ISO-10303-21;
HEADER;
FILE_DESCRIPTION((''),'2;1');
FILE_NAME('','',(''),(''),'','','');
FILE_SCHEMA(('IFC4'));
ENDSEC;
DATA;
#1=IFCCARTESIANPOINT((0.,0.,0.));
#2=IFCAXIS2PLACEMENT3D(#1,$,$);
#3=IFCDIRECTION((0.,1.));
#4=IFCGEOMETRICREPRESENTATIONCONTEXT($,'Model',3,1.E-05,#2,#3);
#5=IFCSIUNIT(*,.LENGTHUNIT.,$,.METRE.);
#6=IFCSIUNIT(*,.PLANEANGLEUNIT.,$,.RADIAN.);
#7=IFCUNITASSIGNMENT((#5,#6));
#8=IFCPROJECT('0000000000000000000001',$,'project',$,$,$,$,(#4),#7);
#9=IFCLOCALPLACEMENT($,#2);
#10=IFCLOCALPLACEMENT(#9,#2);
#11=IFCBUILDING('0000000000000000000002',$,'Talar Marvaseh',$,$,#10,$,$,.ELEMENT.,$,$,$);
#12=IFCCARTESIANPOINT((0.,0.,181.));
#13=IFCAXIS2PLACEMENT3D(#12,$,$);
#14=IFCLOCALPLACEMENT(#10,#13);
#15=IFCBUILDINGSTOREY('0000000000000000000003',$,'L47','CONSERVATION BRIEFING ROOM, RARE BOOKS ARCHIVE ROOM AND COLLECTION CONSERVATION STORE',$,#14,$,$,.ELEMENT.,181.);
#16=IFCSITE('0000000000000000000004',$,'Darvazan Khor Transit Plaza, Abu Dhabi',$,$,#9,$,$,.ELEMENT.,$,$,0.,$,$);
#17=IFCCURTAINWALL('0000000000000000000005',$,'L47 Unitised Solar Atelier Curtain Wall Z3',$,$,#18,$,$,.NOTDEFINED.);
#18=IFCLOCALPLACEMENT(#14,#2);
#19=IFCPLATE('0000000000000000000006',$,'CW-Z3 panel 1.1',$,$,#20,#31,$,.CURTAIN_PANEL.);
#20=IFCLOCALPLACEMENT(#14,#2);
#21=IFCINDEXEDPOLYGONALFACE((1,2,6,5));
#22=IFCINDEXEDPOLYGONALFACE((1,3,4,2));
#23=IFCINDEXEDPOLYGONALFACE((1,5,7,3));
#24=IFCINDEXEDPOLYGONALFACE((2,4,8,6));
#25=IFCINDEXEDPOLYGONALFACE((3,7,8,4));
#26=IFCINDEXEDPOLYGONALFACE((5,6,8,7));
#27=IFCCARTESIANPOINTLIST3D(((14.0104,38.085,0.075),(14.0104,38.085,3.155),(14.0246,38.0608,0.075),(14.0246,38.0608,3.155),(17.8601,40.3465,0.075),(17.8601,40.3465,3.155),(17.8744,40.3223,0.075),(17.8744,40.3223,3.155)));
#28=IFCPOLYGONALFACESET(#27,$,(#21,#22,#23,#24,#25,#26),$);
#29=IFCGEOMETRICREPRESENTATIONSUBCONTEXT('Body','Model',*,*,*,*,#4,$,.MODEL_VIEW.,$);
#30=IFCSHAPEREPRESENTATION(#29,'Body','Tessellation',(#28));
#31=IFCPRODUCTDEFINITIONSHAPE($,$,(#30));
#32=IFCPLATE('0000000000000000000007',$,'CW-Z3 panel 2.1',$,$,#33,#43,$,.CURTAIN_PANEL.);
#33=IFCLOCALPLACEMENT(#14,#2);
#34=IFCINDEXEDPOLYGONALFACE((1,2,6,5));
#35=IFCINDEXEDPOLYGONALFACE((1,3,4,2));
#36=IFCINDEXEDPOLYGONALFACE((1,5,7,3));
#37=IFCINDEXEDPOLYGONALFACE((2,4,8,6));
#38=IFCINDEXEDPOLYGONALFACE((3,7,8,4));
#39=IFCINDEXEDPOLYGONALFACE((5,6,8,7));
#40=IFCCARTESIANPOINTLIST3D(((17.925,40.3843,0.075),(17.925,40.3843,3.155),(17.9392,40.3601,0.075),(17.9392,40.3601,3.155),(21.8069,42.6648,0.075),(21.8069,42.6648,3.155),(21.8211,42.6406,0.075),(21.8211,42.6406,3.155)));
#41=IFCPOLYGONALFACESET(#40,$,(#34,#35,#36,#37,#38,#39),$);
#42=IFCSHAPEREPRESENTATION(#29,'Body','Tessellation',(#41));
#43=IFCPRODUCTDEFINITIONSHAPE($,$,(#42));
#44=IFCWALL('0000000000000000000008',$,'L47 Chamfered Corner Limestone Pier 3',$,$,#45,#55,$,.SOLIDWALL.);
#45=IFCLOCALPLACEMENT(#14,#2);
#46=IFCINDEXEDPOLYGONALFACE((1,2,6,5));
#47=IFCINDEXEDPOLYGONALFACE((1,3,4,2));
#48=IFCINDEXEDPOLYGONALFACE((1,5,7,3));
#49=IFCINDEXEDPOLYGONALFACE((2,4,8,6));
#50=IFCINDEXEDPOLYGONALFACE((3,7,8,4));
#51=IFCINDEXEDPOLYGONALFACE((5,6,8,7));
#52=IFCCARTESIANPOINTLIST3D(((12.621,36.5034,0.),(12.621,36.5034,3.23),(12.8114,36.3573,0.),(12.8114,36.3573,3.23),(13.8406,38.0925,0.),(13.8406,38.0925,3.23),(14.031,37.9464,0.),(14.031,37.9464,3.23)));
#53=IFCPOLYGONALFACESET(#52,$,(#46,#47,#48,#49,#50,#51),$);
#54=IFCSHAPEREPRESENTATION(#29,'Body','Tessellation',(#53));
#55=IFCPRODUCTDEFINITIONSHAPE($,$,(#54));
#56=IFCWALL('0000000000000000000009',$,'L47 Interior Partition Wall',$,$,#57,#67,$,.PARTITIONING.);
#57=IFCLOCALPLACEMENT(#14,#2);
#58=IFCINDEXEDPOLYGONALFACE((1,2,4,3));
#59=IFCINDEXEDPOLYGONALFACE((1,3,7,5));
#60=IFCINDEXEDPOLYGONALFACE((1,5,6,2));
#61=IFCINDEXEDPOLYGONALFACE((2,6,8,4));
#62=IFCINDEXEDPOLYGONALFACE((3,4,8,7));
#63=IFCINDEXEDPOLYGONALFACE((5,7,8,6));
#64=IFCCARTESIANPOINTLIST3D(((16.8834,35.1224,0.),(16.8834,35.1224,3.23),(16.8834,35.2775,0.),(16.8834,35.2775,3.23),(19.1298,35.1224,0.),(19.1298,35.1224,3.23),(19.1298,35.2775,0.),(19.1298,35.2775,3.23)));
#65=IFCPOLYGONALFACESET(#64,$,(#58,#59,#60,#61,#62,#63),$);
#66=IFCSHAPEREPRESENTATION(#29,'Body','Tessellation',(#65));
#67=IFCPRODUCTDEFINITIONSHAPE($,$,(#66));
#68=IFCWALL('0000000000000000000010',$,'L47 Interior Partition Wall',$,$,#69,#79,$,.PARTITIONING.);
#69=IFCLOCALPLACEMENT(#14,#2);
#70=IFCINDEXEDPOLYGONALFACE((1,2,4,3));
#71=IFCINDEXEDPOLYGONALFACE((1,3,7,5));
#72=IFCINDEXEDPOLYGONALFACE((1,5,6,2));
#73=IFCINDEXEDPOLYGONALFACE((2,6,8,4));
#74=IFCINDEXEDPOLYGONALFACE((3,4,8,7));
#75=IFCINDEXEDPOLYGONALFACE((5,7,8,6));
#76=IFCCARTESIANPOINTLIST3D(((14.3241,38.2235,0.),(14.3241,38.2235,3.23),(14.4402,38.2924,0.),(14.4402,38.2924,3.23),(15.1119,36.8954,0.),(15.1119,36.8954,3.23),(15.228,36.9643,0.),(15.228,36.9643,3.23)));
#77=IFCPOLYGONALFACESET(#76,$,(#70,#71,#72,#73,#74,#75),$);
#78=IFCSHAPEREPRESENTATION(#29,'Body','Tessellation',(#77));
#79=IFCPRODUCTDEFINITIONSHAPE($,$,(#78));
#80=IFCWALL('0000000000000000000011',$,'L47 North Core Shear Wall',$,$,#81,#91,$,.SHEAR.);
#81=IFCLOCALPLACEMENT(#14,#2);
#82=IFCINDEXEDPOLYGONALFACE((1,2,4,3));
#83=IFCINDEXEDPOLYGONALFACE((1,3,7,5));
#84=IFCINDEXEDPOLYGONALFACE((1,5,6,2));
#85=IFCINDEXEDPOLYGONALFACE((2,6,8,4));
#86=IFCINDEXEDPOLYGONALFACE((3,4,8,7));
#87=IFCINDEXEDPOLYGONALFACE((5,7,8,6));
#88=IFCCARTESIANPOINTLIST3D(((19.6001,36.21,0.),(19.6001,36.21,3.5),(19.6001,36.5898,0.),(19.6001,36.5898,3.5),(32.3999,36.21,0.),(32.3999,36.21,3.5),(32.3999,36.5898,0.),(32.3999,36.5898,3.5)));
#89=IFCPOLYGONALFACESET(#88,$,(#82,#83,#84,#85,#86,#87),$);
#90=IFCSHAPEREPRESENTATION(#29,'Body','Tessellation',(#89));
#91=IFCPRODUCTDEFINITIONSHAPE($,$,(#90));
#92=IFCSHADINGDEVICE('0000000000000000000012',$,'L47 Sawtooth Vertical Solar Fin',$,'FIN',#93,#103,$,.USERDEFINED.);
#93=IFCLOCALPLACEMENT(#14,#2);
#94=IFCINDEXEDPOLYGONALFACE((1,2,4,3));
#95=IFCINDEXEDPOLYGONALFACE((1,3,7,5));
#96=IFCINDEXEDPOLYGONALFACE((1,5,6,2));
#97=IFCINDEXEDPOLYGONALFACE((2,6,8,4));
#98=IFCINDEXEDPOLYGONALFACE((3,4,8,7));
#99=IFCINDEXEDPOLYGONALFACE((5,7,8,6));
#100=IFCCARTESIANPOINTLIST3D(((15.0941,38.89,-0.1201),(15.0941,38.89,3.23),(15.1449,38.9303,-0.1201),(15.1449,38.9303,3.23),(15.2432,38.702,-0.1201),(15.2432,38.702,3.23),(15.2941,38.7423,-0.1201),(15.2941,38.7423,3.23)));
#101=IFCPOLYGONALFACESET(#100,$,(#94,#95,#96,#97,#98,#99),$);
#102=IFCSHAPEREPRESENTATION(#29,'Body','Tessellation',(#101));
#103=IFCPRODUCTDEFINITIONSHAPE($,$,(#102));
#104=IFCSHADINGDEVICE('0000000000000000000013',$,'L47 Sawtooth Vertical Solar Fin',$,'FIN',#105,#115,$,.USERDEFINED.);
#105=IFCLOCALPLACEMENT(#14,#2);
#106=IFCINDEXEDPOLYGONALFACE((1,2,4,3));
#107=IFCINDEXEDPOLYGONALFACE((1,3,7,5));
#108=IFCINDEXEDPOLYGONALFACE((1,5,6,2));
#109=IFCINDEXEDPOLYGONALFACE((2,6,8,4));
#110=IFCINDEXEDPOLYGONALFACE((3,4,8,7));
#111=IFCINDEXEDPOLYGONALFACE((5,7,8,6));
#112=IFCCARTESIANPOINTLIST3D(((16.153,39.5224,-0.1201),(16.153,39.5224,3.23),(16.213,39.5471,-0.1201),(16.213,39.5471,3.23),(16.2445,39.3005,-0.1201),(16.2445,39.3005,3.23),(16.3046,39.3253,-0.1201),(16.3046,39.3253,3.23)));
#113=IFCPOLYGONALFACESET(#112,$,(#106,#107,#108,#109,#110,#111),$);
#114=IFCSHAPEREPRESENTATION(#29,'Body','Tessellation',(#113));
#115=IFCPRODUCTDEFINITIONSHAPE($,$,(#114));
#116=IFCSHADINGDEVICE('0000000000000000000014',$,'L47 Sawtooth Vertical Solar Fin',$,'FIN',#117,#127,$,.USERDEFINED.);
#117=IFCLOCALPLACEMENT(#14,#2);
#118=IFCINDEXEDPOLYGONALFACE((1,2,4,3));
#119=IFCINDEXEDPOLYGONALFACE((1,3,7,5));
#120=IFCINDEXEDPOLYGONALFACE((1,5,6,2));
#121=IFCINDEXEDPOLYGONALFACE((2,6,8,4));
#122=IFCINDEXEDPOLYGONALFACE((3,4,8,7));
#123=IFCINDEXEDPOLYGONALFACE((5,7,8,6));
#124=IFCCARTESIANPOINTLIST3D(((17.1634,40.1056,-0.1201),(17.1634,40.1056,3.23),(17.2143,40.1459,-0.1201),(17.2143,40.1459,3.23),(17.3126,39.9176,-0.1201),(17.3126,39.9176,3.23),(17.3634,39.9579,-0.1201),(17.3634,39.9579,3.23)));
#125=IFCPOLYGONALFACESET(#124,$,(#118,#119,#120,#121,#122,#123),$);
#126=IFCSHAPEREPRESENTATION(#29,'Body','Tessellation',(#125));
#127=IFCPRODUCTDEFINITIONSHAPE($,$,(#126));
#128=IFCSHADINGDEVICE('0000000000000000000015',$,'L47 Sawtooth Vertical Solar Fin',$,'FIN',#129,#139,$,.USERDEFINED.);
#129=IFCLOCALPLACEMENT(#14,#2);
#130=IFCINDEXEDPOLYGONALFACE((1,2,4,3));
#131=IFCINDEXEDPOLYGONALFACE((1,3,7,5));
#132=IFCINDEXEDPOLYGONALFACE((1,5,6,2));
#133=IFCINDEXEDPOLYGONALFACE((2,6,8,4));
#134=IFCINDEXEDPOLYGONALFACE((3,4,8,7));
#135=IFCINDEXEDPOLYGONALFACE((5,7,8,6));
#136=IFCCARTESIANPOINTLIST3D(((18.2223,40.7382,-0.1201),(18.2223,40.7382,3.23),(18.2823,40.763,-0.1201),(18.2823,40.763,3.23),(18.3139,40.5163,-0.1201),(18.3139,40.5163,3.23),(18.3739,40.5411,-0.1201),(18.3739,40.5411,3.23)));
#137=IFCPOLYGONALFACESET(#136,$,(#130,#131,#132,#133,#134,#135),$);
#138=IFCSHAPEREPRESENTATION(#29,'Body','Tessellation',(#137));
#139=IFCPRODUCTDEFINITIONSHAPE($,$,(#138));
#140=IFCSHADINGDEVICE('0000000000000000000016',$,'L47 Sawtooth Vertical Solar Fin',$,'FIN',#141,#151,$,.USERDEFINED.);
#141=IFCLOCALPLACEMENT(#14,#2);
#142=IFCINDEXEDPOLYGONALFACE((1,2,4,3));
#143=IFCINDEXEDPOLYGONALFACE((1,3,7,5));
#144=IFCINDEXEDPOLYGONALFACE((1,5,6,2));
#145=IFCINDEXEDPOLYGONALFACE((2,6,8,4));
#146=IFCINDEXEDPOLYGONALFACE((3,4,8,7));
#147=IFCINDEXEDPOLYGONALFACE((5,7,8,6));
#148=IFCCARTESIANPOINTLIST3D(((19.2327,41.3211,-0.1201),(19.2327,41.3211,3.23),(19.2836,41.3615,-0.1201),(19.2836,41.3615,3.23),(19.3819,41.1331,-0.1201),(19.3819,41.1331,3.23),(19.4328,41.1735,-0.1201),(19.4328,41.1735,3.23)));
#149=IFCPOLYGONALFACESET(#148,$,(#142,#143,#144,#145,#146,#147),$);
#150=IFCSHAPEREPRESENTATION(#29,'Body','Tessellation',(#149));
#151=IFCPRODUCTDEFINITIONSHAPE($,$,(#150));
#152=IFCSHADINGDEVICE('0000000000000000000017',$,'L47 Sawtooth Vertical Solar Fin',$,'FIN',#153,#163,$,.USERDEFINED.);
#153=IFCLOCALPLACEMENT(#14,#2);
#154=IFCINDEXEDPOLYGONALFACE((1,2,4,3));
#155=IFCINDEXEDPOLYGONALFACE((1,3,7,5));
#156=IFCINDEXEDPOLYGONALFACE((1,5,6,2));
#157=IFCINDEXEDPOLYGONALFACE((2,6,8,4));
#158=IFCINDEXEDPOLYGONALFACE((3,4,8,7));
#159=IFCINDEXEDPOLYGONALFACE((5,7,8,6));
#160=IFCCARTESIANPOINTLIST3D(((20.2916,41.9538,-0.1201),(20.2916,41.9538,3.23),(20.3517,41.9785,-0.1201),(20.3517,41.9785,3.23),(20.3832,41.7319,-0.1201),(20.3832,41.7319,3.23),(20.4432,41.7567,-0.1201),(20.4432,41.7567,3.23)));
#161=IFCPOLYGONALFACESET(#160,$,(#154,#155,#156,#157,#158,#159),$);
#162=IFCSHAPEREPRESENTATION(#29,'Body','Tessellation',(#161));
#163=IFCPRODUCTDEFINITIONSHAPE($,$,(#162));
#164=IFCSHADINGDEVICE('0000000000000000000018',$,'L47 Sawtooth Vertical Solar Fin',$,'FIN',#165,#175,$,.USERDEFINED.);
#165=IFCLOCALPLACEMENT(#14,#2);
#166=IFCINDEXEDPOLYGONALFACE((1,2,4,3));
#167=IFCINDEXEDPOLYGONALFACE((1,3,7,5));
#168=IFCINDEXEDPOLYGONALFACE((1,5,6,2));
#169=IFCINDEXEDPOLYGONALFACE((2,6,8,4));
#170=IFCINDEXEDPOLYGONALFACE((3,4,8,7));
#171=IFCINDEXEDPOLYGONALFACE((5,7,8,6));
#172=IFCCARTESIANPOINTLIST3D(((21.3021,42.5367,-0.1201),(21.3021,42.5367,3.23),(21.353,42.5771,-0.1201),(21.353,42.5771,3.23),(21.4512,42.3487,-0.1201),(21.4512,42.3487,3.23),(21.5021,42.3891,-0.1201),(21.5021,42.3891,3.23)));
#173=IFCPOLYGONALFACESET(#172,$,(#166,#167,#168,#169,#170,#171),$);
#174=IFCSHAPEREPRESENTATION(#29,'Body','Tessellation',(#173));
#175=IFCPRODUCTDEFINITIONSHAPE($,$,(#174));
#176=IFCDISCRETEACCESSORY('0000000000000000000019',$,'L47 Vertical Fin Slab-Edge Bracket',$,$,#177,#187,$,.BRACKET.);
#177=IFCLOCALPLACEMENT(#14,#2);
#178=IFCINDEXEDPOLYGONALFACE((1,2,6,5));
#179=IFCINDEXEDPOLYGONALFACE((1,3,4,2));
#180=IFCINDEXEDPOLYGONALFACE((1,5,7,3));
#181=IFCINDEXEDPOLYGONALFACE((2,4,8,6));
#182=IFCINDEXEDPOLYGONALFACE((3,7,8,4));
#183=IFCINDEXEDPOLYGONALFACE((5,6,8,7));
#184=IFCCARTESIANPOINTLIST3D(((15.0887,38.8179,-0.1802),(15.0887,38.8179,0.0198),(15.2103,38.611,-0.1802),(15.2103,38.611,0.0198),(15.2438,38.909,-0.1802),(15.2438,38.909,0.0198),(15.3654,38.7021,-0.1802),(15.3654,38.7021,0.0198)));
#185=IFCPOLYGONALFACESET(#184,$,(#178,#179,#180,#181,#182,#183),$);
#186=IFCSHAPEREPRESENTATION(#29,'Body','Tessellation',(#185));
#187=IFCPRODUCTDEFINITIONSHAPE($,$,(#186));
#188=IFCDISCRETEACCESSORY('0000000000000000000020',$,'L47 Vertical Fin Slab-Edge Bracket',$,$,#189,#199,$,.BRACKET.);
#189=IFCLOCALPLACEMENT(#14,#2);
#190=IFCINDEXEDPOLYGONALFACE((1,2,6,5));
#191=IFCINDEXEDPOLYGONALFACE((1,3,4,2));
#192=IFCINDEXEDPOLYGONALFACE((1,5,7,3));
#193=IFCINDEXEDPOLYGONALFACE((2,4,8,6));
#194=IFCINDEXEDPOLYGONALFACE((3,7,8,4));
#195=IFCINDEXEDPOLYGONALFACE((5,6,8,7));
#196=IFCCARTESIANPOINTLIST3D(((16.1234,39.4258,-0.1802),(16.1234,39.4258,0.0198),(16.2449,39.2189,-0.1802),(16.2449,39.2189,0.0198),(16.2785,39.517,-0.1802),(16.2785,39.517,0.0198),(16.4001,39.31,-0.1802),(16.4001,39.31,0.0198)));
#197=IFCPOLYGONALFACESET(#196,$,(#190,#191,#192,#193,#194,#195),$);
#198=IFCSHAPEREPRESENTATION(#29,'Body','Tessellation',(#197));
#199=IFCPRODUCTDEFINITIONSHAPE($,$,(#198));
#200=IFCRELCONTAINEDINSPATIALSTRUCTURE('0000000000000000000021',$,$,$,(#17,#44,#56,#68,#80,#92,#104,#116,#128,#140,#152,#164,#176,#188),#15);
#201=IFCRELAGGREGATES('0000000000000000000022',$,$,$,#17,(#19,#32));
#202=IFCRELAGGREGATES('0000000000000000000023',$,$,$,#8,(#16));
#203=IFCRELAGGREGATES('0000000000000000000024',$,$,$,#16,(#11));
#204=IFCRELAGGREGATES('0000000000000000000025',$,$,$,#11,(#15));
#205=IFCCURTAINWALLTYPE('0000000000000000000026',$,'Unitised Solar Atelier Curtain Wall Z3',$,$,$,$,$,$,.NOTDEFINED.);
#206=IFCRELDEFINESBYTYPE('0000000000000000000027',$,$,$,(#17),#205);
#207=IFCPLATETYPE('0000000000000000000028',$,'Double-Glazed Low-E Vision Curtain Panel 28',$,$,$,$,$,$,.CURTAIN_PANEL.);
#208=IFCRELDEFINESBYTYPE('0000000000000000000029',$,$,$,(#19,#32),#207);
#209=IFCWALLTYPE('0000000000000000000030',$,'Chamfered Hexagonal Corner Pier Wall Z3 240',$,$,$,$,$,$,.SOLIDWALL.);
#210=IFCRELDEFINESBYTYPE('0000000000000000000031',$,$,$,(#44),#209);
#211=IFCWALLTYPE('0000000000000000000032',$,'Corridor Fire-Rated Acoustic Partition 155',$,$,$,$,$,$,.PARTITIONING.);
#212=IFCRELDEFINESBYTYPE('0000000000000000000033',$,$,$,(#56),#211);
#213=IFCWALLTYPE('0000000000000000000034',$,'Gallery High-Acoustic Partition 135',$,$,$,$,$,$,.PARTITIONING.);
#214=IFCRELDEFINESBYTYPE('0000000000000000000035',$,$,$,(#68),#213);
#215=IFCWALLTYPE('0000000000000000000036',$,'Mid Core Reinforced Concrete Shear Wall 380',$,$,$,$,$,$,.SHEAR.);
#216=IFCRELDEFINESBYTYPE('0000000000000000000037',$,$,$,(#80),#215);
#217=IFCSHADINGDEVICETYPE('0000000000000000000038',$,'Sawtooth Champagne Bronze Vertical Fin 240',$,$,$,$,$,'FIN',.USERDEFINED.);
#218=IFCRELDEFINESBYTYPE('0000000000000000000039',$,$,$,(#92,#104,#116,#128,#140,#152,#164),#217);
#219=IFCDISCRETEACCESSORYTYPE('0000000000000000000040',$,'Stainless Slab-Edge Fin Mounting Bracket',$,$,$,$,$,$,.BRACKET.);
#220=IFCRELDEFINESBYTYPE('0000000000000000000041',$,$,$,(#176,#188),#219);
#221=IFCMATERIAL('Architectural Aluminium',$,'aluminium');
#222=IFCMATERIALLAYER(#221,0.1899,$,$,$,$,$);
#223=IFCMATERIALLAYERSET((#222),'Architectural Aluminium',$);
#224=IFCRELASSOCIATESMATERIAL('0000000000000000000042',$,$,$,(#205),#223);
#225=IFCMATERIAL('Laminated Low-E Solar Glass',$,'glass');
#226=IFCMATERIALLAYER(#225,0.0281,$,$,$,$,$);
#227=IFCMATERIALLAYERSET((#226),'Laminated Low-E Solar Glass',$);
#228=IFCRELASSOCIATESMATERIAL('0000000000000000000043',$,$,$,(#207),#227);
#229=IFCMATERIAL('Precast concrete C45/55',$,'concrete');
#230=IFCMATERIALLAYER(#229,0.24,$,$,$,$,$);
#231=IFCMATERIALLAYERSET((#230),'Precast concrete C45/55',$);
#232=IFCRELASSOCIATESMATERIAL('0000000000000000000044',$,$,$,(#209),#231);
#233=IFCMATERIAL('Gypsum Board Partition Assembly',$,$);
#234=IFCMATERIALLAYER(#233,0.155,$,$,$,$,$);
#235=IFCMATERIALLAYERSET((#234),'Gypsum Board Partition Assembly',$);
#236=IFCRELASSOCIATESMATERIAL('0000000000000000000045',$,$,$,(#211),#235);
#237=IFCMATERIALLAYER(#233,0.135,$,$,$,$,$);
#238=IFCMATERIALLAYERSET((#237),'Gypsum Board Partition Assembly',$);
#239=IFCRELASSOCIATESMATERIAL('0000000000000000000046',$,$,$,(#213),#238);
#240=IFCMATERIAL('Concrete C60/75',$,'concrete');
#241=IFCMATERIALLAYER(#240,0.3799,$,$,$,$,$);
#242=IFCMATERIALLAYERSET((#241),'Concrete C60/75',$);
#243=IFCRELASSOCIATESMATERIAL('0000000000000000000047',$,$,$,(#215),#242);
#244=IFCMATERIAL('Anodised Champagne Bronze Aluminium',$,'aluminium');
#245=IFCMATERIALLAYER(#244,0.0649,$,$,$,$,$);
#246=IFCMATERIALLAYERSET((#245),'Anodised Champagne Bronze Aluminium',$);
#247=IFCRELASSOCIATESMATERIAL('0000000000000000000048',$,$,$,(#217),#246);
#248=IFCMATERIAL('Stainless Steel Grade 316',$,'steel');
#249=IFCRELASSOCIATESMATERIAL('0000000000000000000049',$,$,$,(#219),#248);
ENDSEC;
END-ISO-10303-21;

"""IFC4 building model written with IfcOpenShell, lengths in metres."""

from ifc_helpers import new_model, si_unit, direction, frame, frame_2d, origin, origin_2d, place, context, subcontext, project, spatial, rectangle, extrude, source, transform, mapped, material, layer, layer_set, type_object, type_shapes, element, aggregate, save


model = new_model("IFC4")

# Units and contexts
model_context = context("Model", 3, precision=1e-05, world=origin(), true_north=direction((0.0, 1.0)))
body_context = subcontext(model_context, "Body", "Model", "MODEL_VIEW")
ifc_project = project(units=[si_unit("LENGTHUNIT", "METRE"), si_unit("PLANEANGLEUNIT", "RADIAN")], contexts=[model_context])

# Site, building, storey
site_placement = place(None, origin())
site = spatial("IfcSite", under=ifc_project, at=site_placement, Name="Darvazan Khor Transit Plaza, Abu Dhabi", CompositionType="ELEMENT", RefElevation=0.0)
building_placement = place(site_placement, origin())
building = spatial("IfcBuilding", under=site, at=building_placement, Name="Talar Marvaseh", CompositionType="ELEMENT")
storey_placement = place(building_placement, frame((0.0, 0.0, 181.0)))
storey = spatial("IfcBuildingStorey", under=building, at=storey_placement, Name="L47", Description="CONSERVATION BRIEFING ROOM, RARE BOOKS ARCHIVE ROOM AND COLLECTION CONSERVATION STORE", CompositionType="ELEMENT", Elevation=181.0)

# Shared definitions
ifc_material_1 = material(Name="Concrete C60/75", Category="concrete")

# Shared definitions
ifc_material_2 = material(Name="Architectural Aluminium", Category="aluminium")
ifc_layer_1 = layer(ifc_material_2, 0.1899)
ifc_layer_set_1 = layer_set([ifc_layer_1], Name="Architectural Aluminium")
curtain_wall_type = type_object("IfcCurtainWallType", Name="Unitised Solar Atelier Curtain Wall Z3", PredefinedType="NOTDEFINED", material=ifc_layer_set_1)

# Curtain wall, plates
curtain_wall_1_placement = place(storey_placement, origin())
curtain_wall_1 = element("IfcCurtainWall", 1, at=curtain_wall_1_placement, inside=storey, type_object=curtain_wall_type, Name="L47 Unitised Solar Atelier Curtain Wall Z3", PredefinedType="NOTDEFINED")
ifc_material_3 = material(Name="Laminated Low-E Solar Glass", Category="glass")
ifc_layer_2 = layer(ifc_material_3, 0.0281)
ifc_layer_set_2 = layer_set([ifc_layer_2], Name="Laminated Low-E Solar Glass")
plate_type = type_object("IfcPlateType", Name="Double-Glazed Low-E Vision Curtain Panel 28", PredefinedType="CURTAIN_PANEL", material=ifc_layer_set_2)
shared_shape_1 = source(origin(), body_context, "Body", "SweptSolid", [
    extrude(rectangle(XDim=4.4648, YDim=0.0281, at=origin_2d()), origin(), (0.0, 0.0, 1.0), 3.0801),
])
plate_1_placement = place(storey_placement, frame((15.9424, 39.2036, 0.075), z_axis=(0.0, 0.0, 1.0), x_axis=(0.862232, 0.506514, 0.0)))
plate_1 = element("IfcPlate", 2, at=plate_1_placement, type_object=plate_type, Name="CW-Z3 panel 1.1", PredefinedType="CURTAIN_PANEL", context=body_context, shape_type="MappedRepresentation", body=[
    mapped(shared_shape_1, transform((0.0, 0.0, 0.0), x_axis=(1.0, 0.0, 0.0), y_axis=(0.0, 1.0, 0.0), z_axis=(0.0, 0.0, 1.0), scale=1.0)),
])
shared_shape_2 = source(origin(), body_context, "Body", "SweptSolid", [
    extrude(rectangle(XDim=4.5022, YDim=0.0281, at=origin_2d()), origin(), (0.0, 0.0, 1.0), 3.0801),
])
type_shapes(plate_type, [shared_shape_1, shared_shape_2])
plate_2_placement = place(storey_placement, frame((19.873, 41.5125, 0.075), z_axis=(0.0, 0.0, 1.0), x_axis=(0.862232, 0.506514, 0.0)))
plate_2 = element("IfcPlate", 3, at=plate_2_placement, type_object=plate_type, Name="CW-Z3 panel 2.1", PredefinedType="CURTAIN_PANEL", context=body_context, shape_type="MappedRepresentation", body=[
    mapped(shared_shape_2, transform((0.0, 0.0, 0.0), x_axis=(1.0, 0.0, 0.0), y_axis=(0.0, 1.0, 0.0), z_axis=(0.0, 0.0, 1.0), scale=1.0)),
])
aggregate(curtain_wall_1, [plate_1, plate_2])

# Walls
ifc_material_4 = material(Name="Precast concrete C45/55", Category="concrete")
ifc_layer_3 = layer(ifc_material_4, 0.24)
ifc_layer_set_3 = layer_set([ifc_layer_3], Name="Precast concrete C45/55")
wall_type_1 = type_object("IfcWallType", Name="Chamfered Hexagonal Corner Pier Wall Z3 240", PredefinedType="SOLIDWALL", material=ifc_layer_set_3)
wall_1_placement = place(storey_placement, frame((12.7163, 36.4304, 0.0), z_axis=(0.0, 0.0, 1.0), x_axis=(0.608797, 0.793326, 0.0)))
element("IfcWall", 4, at=wall_1_placement, inside=storey, type_object=wall_type_1, Name="L47 Chamfered Corner Limestone Pier 3", PredefinedType="SOLIDWALL", context=body_context, shape_type="SweptSolid", body=[
    extrude(rectangle(XDim=2.0032, YDim=0.24, at=frame_2d((1.0015, 0.0))), origin(), (0.0, 0.0, 1.0), 3.23),
])
ifc_material_5 = material(Name="Gypsum Board Partition Assembly")
ifc_layer_4 = layer(ifc_material_5, 0.155)
ifc_layer_set_4 = layer_set([ifc_layer_4], Name="Gypsum Board Partition Assembly")
wall_type_2 = type_object("IfcWallType", Name="Corridor Fire-Rated Acoustic Partition 155", PredefinedType="PARTITIONING", material=ifc_layer_set_4)
wall_2_placement = place(storey_placement, frame((16.8835, 35.2, 0.0), z_axis=(0.0, 0.0, 1.0), x_axis=(1.0, 0.0, 0.0)))
element("IfcWall", 5, at=wall_2_placement, inside=storey, type_object=wall_type_2, Name="L47 Interior Partition Wall", PredefinedType="PARTITIONING", context=body_context, shape_type="SweptSolid", body=[
    extrude(rectangle(XDim=2.2463, YDim=0.155, at=frame_2d((1.123, 0.0))), origin(), (0.0, 0.0, 1.0), 3.23),
])
ifc_layer_5 = layer(ifc_material_5, 0.135)
ifc_layer_set_5 = layer_set([ifc_layer_5], Name="Gypsum Board Partition Assembly")
wall_type_3 = type_object("IfcWallType", Name="Gallery High-Acoustic Partition 135", PredefinedType="PARTITIONING", material=ifc_layer_set_5)
wall_3_placement = place(storey_placement, frame((15.1699, 36.9299, 0.0), z_axis=(0.0, 0.0, 1.0), x_axis=(-0.510188, 0.860063, 0.0)))
element("IfcWall", 6, at=wall_3_placement, inside=storey, type_object=wall_type_3, Name="L47 Interior Partition Wall", PredefinedType="PARTITIONING", context=body_context, shape_type="SweptSolid", body=[
    extrude(rectangle(XDim=1.5442, YDim=0.135, at=frame_2d((0.772, 0.0))), origin(), (0.0, 0.0, 1.0), 3.23),
])
ifc_layer_6 = layer(ifc_material_1, 0.3799)
ifc_layer_set_6 = layer_set([ifc_layer_6], Name="Concrete C60/75")
wall_type_4 = type_object("IfcWallType", Name="Mid Core Reinforced Concrete Shear Wall 380", PredefinedType="SHEAR", material=ifc_layer_set_6)
wall_4_placement = place(storey_placement, frame((19.6001, 36.3999, 0.0), z_axis=(0.0, 0.0, 1.0), x_axis=(1.0, 0.0, 0.0)))
element("IfcWall", 7, at=wall_4_placement, inside=storey, type_object=wall_type_4, Name="L47 North Core Shear Wall", PredefinedType="SHEAR", context=body_context, shape_type="SweptSolid", body=[
    extrude(rectangle(XDim=12.7998, YDim=0.3799, at=frame_2d((6.3999, 0.0))), origin(), (0.0, 0.0, 1.0), 3.5),
])

# Shading devices
ifc_material_6 = material(Name="Anodised Champagne Bronze Aluminium", Category="aluminium")
ifc_layer_7 = layer(ifc_material_6, 0.0649)
ifc_layer_set_7 = layer_set([ifc_layer_7], Name="Anodised Champagne Bronze Aluminium")
shading_device_type = type_object("IfcShadingDeviceType", Name="Sawtooth Champagne Bronze Vertical Fin 240", ElementType="FIN", PredefinedType="USERDEFINED", material=ifc_layer_set_7)
shared_shape_3 = source(origin(), body_context, "Body", "SweptSolid", [
    extrude(rectangle(XDim=0.24, YDim=0.0649, at=origin_2d()), origin(), (0.0, 0.0, 1.0), 3.3501),
])
type_shapes(shading_device_type, [shared_shape_3])
for number, where, z_axis, x_axis, name in (
    (8, (15.1941, 38.8162, -0.1201), (0.0, 0.0, 1.0), (-0.621558, 0.783368, 0.0), "L47 Sawtooth Vertical Solar Fin"),
    (9, (16.2288, 39.4238, -0.1201), (0.0, 0.0, 1.0), (-0.381554, 0.924346, 0.0), "L47 Sawtooth Vertical Solar Fin"),
    (10, (17.2634, 40.0317, -0.1201), (0.0, 0.0, 1.0), (-0.621558, 0.783368, 0.0), "L47 Sawtooth Vertical Solar Fin"),
    (11, (18.2981, 40.6396, -0.1201), (0.0, 0.0, 1.0), (-0.381554, 0.924346, 0.0), "L47 Sawtooth Vertical Solar Fin"),
    (12, (19.3328, 41.2473, -0.1201), (0.0, 0.0, 1.0), (-0.621558, 0.783368, 0.0), "L47 Sawtooth Vertical Solar Fin"),
    (13, (20.3674, 41.8552, -0.1201), (0.0, 0.0, 1.0), (-0.381554, 0.924346, 0.0), "L47 Sawtooth Vertical Solar Fin"),
    (14, (21.4021, 42.4629, -0.1201), (0.0, 0.0, 1.0), (-0.621558, 0.783368, 0.0), "L47 Sawtooth Vertical Solar Fin"),
):
    element("IfcShadingDevice", number, at=place(storey_placement, frame(where, z_axis=z_axis, x_axis=x_axis)), inside=storey, type_object=shading_device_type, Name=name, ObjectType="FIN", PredefinedType="USERDEFINED", context=body_context, shape_type="MappedRepresentation", body=[
        mapped(shared_shape_3, transform((0.0, 0.0, 0.0), x_axis=(1.0, 0.0, 0.0), y_axis=(0.0, 1.0, 0.0), z_axis=(0.0, 0.0, 1.0), scale=1.0)),
    ])

# Discrete accessories
ifc_material_7 = material(Name="Stainless Steel Grade 316", Category="steel")
discrete_accessory_type = type_object("IfcDiscreteAccessoryType", Name="Stainless Slab-Edge Fin Mounting Bracket", PredefinedType="BRACKET", material=ifc_material_7)
shared_shape_4 = source(origin(), body_context, "Body", "SweptSolid", [
    extrude(rectangle(XDim=0.24, YDim=0.1799, at=origin_2d()), origin(), (0.0, 0.0, 1.0), 0.2),
])
type_shapes(discrete_accessory_type, [shared_shape_4])
for number, where, z_axis, x_axis, name in (
    (15, (15.2271, 38.76, -0.1802), (0.0, 0.0, 1.0), (-0.506485, 0.862249, 0.0), "L47 Vertical Fin Slab-Edge Bracket"),
    (16, (16.2617, 39.3679, -0.1802), (0.0, 0.0, 1.0), (-0.506485, 0.862249, 0.0), "L47 Vertical Fin Slab-Edge Bracket"),
):
    element("IfcDiscreteAccessory", number, at=place(storey_placement, frame(where, z_axis=z_axis, x_axis=x_axis)), inside=storey, type_object=discrete_accessory_type, Name=name, PredefinedType="BRACKET", context=body_context, shape_type="MappedRepresentation", body=[
        mapped(shared_shape_4, transform((0.0, 0.0, 0.0), x_axis=(1.0, 0.0, 0.0), y_axis=(0.0, 1.0, 0.0), z_axis=(0.0, 0.0, 1.0), scale=1.0)),
    ])

save(model, "model.ifc")
